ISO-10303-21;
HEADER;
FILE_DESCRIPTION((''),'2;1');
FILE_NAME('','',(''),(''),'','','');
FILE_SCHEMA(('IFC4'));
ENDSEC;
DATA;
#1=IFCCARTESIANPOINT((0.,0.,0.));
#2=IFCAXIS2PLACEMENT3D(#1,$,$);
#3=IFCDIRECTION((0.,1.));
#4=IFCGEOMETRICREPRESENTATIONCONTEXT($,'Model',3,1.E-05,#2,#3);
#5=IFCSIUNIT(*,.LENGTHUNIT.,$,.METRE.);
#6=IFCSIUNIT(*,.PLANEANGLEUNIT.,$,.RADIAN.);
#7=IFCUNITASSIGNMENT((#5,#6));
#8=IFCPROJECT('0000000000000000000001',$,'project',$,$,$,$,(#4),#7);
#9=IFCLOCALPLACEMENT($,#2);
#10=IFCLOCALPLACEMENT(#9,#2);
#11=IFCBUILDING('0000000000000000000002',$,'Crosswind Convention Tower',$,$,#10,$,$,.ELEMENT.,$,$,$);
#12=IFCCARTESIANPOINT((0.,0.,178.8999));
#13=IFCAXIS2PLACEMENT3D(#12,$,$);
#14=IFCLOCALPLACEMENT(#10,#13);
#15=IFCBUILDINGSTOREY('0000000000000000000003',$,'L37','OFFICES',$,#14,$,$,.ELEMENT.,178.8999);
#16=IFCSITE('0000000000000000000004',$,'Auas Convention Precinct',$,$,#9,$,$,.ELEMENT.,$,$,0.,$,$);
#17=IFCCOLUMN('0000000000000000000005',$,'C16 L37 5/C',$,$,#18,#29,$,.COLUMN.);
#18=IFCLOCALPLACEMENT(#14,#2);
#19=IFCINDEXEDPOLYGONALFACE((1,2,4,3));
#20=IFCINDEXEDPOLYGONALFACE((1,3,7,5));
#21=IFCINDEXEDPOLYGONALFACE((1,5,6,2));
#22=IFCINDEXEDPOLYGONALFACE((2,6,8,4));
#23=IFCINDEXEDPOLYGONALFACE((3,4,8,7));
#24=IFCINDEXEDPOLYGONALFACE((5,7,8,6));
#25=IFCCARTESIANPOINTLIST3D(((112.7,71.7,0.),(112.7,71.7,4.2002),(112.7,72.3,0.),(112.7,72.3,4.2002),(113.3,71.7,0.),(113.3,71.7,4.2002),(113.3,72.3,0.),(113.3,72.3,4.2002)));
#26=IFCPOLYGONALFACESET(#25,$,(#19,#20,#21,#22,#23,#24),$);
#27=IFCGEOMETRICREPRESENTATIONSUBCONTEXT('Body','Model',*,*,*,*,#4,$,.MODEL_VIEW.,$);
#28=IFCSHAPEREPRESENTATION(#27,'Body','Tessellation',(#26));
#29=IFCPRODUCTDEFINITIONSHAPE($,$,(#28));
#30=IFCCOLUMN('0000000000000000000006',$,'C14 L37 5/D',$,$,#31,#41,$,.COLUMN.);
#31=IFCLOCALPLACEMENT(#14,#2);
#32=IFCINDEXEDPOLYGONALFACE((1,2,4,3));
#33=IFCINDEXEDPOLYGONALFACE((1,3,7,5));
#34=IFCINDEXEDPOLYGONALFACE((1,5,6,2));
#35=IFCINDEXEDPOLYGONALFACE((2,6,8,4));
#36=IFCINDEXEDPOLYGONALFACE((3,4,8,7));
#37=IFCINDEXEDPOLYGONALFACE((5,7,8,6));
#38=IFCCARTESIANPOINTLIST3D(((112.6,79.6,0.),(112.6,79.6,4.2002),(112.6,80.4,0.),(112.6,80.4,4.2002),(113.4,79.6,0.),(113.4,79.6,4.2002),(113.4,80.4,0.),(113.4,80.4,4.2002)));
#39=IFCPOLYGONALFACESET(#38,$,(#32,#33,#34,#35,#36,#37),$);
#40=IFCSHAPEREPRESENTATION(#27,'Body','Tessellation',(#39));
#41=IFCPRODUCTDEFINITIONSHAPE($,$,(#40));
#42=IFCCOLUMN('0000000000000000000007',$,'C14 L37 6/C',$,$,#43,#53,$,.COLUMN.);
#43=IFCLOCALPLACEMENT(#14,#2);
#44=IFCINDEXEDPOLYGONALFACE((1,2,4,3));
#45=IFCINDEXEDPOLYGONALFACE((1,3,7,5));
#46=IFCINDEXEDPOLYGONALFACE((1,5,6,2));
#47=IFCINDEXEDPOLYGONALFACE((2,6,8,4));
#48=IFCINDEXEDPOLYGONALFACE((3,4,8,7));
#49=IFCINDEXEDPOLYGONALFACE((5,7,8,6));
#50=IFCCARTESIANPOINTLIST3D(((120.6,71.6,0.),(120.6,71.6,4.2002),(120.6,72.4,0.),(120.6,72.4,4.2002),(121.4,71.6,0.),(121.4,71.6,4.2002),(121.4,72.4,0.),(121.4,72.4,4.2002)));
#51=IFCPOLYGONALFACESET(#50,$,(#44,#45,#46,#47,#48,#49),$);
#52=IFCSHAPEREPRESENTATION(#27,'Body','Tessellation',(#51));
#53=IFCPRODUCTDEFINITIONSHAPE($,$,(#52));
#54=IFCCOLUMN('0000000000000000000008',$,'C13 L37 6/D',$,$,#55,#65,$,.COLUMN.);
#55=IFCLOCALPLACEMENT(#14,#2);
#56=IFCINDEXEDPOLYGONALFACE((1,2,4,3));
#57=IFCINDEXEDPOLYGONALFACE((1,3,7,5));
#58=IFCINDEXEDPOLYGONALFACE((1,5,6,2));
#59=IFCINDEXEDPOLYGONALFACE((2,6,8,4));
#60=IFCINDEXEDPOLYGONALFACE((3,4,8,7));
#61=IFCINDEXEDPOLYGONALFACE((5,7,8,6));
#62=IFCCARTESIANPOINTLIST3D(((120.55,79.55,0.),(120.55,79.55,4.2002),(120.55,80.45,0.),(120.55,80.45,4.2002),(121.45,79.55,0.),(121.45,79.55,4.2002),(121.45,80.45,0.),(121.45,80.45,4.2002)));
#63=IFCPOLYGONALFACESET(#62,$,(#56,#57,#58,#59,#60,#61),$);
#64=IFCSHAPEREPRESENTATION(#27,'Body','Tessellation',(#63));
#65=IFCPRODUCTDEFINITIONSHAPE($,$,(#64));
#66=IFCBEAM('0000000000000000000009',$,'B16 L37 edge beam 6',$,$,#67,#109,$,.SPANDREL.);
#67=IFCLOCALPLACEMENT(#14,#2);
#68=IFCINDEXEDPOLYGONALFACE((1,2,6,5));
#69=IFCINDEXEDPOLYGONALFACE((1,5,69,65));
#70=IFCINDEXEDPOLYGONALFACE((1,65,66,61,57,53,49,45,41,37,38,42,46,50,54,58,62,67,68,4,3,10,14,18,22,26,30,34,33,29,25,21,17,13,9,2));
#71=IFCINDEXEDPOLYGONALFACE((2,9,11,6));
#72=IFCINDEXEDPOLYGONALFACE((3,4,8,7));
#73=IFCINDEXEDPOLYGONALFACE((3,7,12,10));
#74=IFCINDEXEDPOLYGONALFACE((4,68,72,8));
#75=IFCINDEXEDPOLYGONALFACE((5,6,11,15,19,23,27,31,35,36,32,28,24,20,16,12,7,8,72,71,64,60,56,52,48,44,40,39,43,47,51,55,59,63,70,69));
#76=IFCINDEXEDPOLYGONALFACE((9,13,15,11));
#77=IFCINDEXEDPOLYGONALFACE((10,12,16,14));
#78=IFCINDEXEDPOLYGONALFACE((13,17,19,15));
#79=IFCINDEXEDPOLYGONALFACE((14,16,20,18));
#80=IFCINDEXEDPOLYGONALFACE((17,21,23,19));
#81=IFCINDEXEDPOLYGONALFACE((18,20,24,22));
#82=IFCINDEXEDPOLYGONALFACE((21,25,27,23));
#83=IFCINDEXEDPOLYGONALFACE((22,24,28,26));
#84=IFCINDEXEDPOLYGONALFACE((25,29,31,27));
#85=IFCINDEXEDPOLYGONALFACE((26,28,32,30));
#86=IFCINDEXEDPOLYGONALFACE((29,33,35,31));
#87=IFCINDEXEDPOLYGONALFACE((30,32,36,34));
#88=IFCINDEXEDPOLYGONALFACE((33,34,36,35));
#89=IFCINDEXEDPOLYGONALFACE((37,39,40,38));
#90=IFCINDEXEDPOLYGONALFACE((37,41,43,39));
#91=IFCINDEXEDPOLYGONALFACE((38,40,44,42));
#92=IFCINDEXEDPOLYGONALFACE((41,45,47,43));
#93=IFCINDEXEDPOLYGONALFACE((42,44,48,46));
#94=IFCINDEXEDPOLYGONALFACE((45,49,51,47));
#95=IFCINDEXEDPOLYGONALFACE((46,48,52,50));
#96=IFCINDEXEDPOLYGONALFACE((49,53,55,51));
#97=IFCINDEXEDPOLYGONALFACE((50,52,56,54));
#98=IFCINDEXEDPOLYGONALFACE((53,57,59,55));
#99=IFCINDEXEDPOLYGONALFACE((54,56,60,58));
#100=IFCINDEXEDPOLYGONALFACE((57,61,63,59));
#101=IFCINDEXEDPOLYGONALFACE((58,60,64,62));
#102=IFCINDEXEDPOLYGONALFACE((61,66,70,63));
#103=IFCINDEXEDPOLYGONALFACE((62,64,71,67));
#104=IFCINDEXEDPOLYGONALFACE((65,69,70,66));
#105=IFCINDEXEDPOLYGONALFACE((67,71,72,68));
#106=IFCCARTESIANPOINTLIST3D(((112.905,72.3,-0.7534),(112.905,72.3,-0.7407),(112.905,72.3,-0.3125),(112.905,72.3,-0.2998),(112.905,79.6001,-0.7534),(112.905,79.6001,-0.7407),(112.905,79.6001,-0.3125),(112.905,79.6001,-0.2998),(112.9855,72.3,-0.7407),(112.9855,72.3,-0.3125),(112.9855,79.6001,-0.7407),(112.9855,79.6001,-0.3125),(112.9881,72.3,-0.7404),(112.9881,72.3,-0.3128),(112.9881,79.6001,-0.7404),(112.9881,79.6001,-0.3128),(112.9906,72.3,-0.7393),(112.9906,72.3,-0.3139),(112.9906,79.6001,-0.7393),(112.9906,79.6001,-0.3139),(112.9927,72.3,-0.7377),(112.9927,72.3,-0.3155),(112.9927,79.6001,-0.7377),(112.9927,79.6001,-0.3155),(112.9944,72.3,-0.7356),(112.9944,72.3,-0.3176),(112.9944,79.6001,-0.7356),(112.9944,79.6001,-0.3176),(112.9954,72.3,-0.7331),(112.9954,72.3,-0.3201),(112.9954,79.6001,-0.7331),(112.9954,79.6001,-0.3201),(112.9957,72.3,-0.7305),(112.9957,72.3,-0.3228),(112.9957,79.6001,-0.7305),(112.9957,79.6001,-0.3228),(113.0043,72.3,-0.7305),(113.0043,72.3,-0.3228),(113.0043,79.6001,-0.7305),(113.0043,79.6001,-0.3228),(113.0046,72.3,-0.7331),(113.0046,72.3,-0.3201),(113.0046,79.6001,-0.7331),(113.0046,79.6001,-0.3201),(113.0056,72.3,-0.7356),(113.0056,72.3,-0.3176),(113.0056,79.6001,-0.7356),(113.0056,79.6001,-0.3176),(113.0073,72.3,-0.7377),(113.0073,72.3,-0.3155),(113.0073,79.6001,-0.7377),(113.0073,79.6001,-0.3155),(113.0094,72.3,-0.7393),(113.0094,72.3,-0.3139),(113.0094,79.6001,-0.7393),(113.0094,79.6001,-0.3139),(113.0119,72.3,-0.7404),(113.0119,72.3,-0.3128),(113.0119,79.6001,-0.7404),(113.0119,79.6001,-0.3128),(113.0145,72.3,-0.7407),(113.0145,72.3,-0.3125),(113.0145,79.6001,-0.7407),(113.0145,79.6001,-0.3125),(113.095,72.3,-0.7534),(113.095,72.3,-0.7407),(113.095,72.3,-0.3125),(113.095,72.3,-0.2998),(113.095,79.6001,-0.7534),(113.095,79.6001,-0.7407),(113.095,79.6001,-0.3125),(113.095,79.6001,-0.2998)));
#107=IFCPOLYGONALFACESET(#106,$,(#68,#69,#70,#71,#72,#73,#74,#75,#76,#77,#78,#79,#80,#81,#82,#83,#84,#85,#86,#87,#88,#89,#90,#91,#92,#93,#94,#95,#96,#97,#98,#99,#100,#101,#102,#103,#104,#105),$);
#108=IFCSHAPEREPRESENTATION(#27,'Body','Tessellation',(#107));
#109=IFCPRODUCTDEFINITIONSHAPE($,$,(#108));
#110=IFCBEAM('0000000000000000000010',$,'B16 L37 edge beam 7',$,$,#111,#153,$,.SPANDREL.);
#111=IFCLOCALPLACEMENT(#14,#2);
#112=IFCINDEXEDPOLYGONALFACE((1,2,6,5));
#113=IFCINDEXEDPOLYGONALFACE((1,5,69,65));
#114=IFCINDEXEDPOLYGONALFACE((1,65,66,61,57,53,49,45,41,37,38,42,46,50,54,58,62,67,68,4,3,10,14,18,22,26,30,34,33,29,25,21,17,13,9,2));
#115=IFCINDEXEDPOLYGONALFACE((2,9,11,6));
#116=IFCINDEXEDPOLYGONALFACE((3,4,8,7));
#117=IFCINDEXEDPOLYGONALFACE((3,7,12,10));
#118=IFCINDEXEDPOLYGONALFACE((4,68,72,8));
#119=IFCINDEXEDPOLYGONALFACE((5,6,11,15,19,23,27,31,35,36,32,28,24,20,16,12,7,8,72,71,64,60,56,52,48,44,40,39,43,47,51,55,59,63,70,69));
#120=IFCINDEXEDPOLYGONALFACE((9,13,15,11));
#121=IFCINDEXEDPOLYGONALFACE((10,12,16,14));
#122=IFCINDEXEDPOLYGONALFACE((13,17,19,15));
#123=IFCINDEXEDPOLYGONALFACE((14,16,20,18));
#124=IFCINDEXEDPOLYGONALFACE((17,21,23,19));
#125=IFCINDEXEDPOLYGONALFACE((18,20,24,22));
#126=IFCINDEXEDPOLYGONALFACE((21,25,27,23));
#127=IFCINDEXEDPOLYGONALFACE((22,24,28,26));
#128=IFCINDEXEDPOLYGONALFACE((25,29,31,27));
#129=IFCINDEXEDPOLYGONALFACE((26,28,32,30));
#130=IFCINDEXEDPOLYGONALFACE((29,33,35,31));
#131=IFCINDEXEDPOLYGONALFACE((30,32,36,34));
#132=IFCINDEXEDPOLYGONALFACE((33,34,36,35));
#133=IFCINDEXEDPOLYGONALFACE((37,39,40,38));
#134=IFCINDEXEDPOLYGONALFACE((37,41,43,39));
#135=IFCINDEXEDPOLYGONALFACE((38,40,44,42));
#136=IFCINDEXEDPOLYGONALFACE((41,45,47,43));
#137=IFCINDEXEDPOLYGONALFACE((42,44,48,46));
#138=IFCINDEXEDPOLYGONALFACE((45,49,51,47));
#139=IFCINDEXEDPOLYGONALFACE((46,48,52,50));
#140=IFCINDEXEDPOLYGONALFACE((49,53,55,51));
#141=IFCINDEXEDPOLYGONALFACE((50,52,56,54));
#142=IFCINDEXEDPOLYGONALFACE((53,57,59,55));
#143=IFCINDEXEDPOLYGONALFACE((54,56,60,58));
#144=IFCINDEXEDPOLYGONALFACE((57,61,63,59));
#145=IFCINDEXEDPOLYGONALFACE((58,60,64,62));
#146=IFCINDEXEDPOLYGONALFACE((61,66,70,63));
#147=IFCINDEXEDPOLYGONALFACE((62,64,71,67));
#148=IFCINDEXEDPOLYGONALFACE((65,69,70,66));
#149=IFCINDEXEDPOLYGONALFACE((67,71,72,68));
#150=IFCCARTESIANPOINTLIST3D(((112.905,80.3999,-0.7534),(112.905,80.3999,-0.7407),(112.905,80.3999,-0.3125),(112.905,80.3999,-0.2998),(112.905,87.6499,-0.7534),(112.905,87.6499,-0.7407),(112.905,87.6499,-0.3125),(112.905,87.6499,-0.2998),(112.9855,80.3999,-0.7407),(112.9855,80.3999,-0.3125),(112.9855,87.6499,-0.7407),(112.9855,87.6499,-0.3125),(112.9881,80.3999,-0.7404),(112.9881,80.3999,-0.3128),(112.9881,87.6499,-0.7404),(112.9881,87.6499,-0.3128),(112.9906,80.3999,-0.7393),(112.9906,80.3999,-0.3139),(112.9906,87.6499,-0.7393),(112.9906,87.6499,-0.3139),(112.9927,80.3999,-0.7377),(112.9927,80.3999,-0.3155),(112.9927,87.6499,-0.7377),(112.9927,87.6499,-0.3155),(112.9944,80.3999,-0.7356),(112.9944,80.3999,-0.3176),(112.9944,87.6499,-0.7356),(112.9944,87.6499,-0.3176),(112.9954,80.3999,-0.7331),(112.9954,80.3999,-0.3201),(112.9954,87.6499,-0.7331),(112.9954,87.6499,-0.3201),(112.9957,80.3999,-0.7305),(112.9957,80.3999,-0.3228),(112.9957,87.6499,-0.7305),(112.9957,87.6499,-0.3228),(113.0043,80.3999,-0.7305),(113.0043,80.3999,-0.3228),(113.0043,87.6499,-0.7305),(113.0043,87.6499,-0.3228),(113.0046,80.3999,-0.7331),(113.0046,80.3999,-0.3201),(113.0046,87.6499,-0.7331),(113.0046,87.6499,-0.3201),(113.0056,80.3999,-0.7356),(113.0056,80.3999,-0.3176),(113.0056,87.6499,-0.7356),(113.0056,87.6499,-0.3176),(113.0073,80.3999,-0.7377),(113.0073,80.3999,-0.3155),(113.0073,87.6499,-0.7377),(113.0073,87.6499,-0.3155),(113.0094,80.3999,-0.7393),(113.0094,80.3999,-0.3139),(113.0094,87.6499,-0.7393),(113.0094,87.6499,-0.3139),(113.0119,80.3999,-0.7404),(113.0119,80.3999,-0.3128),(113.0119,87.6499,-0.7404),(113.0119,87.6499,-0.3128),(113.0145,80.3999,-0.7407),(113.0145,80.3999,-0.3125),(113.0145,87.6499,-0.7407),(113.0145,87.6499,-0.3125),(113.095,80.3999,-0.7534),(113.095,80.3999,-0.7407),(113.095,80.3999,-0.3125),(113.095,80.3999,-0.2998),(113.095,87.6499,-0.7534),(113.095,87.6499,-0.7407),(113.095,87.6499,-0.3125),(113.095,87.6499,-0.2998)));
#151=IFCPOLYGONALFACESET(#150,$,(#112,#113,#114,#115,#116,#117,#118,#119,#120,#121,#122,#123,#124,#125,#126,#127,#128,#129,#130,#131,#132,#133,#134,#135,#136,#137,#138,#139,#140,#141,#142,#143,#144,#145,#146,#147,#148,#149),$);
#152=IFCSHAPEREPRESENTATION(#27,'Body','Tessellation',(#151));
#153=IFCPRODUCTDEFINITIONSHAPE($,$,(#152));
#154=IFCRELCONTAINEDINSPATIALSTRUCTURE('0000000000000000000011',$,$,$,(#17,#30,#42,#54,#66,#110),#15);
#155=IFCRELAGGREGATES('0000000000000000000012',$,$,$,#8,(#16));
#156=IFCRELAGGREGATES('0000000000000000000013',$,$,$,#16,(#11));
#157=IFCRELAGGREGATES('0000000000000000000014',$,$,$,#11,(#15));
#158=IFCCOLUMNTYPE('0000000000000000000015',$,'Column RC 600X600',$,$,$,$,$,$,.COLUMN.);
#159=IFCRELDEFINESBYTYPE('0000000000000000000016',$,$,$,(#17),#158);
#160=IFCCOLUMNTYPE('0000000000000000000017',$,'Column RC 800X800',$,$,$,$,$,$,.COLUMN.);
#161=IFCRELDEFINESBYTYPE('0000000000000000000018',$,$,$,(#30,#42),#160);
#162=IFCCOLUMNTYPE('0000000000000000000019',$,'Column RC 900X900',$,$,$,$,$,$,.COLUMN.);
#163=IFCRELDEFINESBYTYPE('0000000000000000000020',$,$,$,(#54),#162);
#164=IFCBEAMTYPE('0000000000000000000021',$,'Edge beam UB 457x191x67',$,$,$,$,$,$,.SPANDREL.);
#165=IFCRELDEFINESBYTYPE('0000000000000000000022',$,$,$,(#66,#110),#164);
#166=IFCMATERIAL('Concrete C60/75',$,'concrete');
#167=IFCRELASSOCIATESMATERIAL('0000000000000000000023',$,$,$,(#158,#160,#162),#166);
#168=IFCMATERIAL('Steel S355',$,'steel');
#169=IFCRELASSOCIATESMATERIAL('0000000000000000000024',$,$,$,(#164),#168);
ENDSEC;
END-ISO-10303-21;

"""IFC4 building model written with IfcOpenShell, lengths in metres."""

from ifc_helpers import new_model, si_unit, direction, frame, origin, origin_2d, place, context, subcontext, project, spatial, rectangle, i_section, extrude, material, material_profile, profile_set, type_object, element, save


model = new_model("IFC4")

# Units and contexts
model_context = context("Model", 3, precision=1e-05, world=origin(), true_north=direction((0.0, 1.0)))
body_context = subcontext(model_context, "Body", "Model", "MODEL_VIEW")
ifc_project = project(units=[si_unit("LENGTHUNIT", "METRE"), si_unit("PLANEANGLEUNIT", "RADIAN")], contexts=[model_context])

# Site, building, storey
site_placement = place(None, origin())
site = spatial("IfcSite", under=ifc_project, at=site_placement, Name="Auas Convention Precinct", CompositionType="ELEMENT", RefElevation=0.0)
building_placement = place(site_placement, origin())
building = spatial("IfcBuilding", under=site, at=building_placement, Name="Crosswind Convention Tower", CompositionType="ELEMENT")
storey_placement = place(building_placement, frame((0.0, 0.0, 178.8999)))
storey = spatial("IfcBuildingStorey", under=building, at=storey_placement, Name="L37", Description="OFFICES", CompositionType="ELEMENT", Elevation=178.8999)

# Columns
ifc_material_1 = material(Name="Concrete C60/75", Category="concrete")
ifc_material_profile_1 = material_profile(ifc_material_1, rectangle(XDim=0.6001, YDim=0.6001, at=origin_2d()), Name="RC 600X600")
ifc_profile_set_1 = profile_set([ifc_material_profile_1], Name="Concrete C60/75")
column_type_1 = type_object("IfcColumnType", Name="Column RC 600X600", PredefinedType="COLUMN", material=ifc_profile_set_1)
column_1_placement = place(storey_placement, frame((113.0, 72.0, 0.0), z_axis=(0.0, 0.0, 1.0), x_axis=(1.0, 0.0, 0.0)))
element("IfcColumn", 1, at=column_1_placement, inside=storey, type_object=column_type_1, Name="C16 L37 5/C", PredefinedType="COLUMN", context=body_context, shape_type="SweptSolid", body=[
    extrude(rectangle(XDim=0.6001, YDim=0.6001, at=origin_2d()), origin(), (0.0, 0.0, 1.0), 4.2002),
])
ifc_material_profile_2 = material_profile(ifc_material_1, rectangle(XDim=0.8, YDim=0.8, at=origin_2d()), Name="RC 800X800")
ifc_profile_set_2 = profile_set([ifc_material_profile_2], Name="Concrete C60/75")
column_type_2 = type_object("IfcColumnType", Name="Column RC 800X800", PredefinedType="COLUMN", material=ifc_profile_set_2)
for number, where, z_axis, x_axis, name in (
    (2, (113.0, 80.0, 0.0), (0.0, 0.0, 1.0), (1.0, 0.0, 0.0), "C14 L37 5/D"),
    (3, (121.0, 72.0, 0.0), (0.0, 0.0, 1.0), (1.0, 0.0, 0.0), "C14 L37 6/C"),
):
    element("IfcColumn", number, at=place(storey_placement, frame(where, z_axis=z_axis, x_axis=x_axis)), inside=storey, type_object=column_type_2, Name=name, PredefinedType="COLUMN", context=body_context, shape_type="SweptSolid", body=[
        extrude(rectangle(XDim=0.8, YDim=0.8, at=origin_2d()), origin(), (0.0, 0.0, 1.0), 4.2002),
    ])
ifc_material_profile_3 = material_profile(ifc_material_1, rectangle(XDim=0.8999, YDim=0.8999, at=origin_2d()), Name="RC 900X900")
ifc_profile_set_3 = profile_set([ifc_material_profile_3], Name="Concrete C60/75")
column_type_3 = type_object("IfcColumnType", Name="Column RC 900X900", PredefinedType="COLUMN", material=ifc_profile_set_3)
column_2_placement = place(storey_placement, frame((121.0, 80.0, 0.0), z_axis=(0.0, 0.0, 1.0), x_axis=(1.0, 0.0, 0.0)))
element("IfcColumn", 4, at=column_2_placement, inside=storey, type_object=column_type_3, Name="C13 L37 6/D", PredefinedType="COLUMN", context=body_context, shape_type="SweptSolid", body=[
    extrude(rectangle(XDim=0.8999, YDim=0.8999, at=origin_2d()), origin(), (0.0, 0.0, 1.0), 4.2002),
])

# Beams
ifc_material_2 = material(Name="Steel S355", Category="steel")
ifc_material_profile_4 = material_profile(ifc_material_2, i_section(OverallWidth=0.1899, OverallDepth=0.4536, WebThickness=0.0085, FlangeThickness=0.0127, FilletRadius=0.0103, at=origin_2d()), Name="UB 457x191x67")
ifc_profile_set_4 = profile_set([ifc_material_profile_4], Name="Steel S355")
beam_type_1 = type_object("IfcBeamType", Name="Edge beam UB 457x191x67", PredefinedType="SPANDREL", material=ifc_profile_set_4)
beam_1_placement = place(storey_placement, frame((113.0, 72.3, -0.5266), z_axis=(0.0, 1.0, 0.0), x_axis=(-1.0, 0.0, 0.0)))
element("IfcBeam", 5, at=beam_1_placement, inside=storey, type_object=beam_type_1, Name="B16 L37 edge beam 6", PredefinedType="SPANDREL", context=body_context, shape_type="SweptSolid", body=[
    extrude(i_section(OverallWidth=0.1899, OverallDepth=0.4536, WebThickness=0.0085, FlangeThickness=0.0127, FilletRadius=0.0103, at=origin_2d()), origin(), (0.0, 0.0, 1.0), 7.3),
])
beam_2_placement = place(storey_placement, frame((113.0, 80.3999, -0.5266), z_axis=(0.0, 1.0, 0.0), x_axis=(-1.0, 0.0, 0.0)))
element("IfcBeam", 6, at=beam_2_placement, inside=storey, type_object=beam_type_1, Name="B16 L37 edge beam 7", PredefinedType="SPANDREL", context=body_context, shape_type="SweptSolid", body=[
    extrude(i_section(OverallWidth=0.1899, OverallDepth=0.4536, WebThickness=0.0085, FlangeThickness=0.0127, FilletRadius=0.0103, at=origin_2d()), origin(), (0.0, 0.0, 1.0), 7.25),
])

save(model, "model.ifc")
